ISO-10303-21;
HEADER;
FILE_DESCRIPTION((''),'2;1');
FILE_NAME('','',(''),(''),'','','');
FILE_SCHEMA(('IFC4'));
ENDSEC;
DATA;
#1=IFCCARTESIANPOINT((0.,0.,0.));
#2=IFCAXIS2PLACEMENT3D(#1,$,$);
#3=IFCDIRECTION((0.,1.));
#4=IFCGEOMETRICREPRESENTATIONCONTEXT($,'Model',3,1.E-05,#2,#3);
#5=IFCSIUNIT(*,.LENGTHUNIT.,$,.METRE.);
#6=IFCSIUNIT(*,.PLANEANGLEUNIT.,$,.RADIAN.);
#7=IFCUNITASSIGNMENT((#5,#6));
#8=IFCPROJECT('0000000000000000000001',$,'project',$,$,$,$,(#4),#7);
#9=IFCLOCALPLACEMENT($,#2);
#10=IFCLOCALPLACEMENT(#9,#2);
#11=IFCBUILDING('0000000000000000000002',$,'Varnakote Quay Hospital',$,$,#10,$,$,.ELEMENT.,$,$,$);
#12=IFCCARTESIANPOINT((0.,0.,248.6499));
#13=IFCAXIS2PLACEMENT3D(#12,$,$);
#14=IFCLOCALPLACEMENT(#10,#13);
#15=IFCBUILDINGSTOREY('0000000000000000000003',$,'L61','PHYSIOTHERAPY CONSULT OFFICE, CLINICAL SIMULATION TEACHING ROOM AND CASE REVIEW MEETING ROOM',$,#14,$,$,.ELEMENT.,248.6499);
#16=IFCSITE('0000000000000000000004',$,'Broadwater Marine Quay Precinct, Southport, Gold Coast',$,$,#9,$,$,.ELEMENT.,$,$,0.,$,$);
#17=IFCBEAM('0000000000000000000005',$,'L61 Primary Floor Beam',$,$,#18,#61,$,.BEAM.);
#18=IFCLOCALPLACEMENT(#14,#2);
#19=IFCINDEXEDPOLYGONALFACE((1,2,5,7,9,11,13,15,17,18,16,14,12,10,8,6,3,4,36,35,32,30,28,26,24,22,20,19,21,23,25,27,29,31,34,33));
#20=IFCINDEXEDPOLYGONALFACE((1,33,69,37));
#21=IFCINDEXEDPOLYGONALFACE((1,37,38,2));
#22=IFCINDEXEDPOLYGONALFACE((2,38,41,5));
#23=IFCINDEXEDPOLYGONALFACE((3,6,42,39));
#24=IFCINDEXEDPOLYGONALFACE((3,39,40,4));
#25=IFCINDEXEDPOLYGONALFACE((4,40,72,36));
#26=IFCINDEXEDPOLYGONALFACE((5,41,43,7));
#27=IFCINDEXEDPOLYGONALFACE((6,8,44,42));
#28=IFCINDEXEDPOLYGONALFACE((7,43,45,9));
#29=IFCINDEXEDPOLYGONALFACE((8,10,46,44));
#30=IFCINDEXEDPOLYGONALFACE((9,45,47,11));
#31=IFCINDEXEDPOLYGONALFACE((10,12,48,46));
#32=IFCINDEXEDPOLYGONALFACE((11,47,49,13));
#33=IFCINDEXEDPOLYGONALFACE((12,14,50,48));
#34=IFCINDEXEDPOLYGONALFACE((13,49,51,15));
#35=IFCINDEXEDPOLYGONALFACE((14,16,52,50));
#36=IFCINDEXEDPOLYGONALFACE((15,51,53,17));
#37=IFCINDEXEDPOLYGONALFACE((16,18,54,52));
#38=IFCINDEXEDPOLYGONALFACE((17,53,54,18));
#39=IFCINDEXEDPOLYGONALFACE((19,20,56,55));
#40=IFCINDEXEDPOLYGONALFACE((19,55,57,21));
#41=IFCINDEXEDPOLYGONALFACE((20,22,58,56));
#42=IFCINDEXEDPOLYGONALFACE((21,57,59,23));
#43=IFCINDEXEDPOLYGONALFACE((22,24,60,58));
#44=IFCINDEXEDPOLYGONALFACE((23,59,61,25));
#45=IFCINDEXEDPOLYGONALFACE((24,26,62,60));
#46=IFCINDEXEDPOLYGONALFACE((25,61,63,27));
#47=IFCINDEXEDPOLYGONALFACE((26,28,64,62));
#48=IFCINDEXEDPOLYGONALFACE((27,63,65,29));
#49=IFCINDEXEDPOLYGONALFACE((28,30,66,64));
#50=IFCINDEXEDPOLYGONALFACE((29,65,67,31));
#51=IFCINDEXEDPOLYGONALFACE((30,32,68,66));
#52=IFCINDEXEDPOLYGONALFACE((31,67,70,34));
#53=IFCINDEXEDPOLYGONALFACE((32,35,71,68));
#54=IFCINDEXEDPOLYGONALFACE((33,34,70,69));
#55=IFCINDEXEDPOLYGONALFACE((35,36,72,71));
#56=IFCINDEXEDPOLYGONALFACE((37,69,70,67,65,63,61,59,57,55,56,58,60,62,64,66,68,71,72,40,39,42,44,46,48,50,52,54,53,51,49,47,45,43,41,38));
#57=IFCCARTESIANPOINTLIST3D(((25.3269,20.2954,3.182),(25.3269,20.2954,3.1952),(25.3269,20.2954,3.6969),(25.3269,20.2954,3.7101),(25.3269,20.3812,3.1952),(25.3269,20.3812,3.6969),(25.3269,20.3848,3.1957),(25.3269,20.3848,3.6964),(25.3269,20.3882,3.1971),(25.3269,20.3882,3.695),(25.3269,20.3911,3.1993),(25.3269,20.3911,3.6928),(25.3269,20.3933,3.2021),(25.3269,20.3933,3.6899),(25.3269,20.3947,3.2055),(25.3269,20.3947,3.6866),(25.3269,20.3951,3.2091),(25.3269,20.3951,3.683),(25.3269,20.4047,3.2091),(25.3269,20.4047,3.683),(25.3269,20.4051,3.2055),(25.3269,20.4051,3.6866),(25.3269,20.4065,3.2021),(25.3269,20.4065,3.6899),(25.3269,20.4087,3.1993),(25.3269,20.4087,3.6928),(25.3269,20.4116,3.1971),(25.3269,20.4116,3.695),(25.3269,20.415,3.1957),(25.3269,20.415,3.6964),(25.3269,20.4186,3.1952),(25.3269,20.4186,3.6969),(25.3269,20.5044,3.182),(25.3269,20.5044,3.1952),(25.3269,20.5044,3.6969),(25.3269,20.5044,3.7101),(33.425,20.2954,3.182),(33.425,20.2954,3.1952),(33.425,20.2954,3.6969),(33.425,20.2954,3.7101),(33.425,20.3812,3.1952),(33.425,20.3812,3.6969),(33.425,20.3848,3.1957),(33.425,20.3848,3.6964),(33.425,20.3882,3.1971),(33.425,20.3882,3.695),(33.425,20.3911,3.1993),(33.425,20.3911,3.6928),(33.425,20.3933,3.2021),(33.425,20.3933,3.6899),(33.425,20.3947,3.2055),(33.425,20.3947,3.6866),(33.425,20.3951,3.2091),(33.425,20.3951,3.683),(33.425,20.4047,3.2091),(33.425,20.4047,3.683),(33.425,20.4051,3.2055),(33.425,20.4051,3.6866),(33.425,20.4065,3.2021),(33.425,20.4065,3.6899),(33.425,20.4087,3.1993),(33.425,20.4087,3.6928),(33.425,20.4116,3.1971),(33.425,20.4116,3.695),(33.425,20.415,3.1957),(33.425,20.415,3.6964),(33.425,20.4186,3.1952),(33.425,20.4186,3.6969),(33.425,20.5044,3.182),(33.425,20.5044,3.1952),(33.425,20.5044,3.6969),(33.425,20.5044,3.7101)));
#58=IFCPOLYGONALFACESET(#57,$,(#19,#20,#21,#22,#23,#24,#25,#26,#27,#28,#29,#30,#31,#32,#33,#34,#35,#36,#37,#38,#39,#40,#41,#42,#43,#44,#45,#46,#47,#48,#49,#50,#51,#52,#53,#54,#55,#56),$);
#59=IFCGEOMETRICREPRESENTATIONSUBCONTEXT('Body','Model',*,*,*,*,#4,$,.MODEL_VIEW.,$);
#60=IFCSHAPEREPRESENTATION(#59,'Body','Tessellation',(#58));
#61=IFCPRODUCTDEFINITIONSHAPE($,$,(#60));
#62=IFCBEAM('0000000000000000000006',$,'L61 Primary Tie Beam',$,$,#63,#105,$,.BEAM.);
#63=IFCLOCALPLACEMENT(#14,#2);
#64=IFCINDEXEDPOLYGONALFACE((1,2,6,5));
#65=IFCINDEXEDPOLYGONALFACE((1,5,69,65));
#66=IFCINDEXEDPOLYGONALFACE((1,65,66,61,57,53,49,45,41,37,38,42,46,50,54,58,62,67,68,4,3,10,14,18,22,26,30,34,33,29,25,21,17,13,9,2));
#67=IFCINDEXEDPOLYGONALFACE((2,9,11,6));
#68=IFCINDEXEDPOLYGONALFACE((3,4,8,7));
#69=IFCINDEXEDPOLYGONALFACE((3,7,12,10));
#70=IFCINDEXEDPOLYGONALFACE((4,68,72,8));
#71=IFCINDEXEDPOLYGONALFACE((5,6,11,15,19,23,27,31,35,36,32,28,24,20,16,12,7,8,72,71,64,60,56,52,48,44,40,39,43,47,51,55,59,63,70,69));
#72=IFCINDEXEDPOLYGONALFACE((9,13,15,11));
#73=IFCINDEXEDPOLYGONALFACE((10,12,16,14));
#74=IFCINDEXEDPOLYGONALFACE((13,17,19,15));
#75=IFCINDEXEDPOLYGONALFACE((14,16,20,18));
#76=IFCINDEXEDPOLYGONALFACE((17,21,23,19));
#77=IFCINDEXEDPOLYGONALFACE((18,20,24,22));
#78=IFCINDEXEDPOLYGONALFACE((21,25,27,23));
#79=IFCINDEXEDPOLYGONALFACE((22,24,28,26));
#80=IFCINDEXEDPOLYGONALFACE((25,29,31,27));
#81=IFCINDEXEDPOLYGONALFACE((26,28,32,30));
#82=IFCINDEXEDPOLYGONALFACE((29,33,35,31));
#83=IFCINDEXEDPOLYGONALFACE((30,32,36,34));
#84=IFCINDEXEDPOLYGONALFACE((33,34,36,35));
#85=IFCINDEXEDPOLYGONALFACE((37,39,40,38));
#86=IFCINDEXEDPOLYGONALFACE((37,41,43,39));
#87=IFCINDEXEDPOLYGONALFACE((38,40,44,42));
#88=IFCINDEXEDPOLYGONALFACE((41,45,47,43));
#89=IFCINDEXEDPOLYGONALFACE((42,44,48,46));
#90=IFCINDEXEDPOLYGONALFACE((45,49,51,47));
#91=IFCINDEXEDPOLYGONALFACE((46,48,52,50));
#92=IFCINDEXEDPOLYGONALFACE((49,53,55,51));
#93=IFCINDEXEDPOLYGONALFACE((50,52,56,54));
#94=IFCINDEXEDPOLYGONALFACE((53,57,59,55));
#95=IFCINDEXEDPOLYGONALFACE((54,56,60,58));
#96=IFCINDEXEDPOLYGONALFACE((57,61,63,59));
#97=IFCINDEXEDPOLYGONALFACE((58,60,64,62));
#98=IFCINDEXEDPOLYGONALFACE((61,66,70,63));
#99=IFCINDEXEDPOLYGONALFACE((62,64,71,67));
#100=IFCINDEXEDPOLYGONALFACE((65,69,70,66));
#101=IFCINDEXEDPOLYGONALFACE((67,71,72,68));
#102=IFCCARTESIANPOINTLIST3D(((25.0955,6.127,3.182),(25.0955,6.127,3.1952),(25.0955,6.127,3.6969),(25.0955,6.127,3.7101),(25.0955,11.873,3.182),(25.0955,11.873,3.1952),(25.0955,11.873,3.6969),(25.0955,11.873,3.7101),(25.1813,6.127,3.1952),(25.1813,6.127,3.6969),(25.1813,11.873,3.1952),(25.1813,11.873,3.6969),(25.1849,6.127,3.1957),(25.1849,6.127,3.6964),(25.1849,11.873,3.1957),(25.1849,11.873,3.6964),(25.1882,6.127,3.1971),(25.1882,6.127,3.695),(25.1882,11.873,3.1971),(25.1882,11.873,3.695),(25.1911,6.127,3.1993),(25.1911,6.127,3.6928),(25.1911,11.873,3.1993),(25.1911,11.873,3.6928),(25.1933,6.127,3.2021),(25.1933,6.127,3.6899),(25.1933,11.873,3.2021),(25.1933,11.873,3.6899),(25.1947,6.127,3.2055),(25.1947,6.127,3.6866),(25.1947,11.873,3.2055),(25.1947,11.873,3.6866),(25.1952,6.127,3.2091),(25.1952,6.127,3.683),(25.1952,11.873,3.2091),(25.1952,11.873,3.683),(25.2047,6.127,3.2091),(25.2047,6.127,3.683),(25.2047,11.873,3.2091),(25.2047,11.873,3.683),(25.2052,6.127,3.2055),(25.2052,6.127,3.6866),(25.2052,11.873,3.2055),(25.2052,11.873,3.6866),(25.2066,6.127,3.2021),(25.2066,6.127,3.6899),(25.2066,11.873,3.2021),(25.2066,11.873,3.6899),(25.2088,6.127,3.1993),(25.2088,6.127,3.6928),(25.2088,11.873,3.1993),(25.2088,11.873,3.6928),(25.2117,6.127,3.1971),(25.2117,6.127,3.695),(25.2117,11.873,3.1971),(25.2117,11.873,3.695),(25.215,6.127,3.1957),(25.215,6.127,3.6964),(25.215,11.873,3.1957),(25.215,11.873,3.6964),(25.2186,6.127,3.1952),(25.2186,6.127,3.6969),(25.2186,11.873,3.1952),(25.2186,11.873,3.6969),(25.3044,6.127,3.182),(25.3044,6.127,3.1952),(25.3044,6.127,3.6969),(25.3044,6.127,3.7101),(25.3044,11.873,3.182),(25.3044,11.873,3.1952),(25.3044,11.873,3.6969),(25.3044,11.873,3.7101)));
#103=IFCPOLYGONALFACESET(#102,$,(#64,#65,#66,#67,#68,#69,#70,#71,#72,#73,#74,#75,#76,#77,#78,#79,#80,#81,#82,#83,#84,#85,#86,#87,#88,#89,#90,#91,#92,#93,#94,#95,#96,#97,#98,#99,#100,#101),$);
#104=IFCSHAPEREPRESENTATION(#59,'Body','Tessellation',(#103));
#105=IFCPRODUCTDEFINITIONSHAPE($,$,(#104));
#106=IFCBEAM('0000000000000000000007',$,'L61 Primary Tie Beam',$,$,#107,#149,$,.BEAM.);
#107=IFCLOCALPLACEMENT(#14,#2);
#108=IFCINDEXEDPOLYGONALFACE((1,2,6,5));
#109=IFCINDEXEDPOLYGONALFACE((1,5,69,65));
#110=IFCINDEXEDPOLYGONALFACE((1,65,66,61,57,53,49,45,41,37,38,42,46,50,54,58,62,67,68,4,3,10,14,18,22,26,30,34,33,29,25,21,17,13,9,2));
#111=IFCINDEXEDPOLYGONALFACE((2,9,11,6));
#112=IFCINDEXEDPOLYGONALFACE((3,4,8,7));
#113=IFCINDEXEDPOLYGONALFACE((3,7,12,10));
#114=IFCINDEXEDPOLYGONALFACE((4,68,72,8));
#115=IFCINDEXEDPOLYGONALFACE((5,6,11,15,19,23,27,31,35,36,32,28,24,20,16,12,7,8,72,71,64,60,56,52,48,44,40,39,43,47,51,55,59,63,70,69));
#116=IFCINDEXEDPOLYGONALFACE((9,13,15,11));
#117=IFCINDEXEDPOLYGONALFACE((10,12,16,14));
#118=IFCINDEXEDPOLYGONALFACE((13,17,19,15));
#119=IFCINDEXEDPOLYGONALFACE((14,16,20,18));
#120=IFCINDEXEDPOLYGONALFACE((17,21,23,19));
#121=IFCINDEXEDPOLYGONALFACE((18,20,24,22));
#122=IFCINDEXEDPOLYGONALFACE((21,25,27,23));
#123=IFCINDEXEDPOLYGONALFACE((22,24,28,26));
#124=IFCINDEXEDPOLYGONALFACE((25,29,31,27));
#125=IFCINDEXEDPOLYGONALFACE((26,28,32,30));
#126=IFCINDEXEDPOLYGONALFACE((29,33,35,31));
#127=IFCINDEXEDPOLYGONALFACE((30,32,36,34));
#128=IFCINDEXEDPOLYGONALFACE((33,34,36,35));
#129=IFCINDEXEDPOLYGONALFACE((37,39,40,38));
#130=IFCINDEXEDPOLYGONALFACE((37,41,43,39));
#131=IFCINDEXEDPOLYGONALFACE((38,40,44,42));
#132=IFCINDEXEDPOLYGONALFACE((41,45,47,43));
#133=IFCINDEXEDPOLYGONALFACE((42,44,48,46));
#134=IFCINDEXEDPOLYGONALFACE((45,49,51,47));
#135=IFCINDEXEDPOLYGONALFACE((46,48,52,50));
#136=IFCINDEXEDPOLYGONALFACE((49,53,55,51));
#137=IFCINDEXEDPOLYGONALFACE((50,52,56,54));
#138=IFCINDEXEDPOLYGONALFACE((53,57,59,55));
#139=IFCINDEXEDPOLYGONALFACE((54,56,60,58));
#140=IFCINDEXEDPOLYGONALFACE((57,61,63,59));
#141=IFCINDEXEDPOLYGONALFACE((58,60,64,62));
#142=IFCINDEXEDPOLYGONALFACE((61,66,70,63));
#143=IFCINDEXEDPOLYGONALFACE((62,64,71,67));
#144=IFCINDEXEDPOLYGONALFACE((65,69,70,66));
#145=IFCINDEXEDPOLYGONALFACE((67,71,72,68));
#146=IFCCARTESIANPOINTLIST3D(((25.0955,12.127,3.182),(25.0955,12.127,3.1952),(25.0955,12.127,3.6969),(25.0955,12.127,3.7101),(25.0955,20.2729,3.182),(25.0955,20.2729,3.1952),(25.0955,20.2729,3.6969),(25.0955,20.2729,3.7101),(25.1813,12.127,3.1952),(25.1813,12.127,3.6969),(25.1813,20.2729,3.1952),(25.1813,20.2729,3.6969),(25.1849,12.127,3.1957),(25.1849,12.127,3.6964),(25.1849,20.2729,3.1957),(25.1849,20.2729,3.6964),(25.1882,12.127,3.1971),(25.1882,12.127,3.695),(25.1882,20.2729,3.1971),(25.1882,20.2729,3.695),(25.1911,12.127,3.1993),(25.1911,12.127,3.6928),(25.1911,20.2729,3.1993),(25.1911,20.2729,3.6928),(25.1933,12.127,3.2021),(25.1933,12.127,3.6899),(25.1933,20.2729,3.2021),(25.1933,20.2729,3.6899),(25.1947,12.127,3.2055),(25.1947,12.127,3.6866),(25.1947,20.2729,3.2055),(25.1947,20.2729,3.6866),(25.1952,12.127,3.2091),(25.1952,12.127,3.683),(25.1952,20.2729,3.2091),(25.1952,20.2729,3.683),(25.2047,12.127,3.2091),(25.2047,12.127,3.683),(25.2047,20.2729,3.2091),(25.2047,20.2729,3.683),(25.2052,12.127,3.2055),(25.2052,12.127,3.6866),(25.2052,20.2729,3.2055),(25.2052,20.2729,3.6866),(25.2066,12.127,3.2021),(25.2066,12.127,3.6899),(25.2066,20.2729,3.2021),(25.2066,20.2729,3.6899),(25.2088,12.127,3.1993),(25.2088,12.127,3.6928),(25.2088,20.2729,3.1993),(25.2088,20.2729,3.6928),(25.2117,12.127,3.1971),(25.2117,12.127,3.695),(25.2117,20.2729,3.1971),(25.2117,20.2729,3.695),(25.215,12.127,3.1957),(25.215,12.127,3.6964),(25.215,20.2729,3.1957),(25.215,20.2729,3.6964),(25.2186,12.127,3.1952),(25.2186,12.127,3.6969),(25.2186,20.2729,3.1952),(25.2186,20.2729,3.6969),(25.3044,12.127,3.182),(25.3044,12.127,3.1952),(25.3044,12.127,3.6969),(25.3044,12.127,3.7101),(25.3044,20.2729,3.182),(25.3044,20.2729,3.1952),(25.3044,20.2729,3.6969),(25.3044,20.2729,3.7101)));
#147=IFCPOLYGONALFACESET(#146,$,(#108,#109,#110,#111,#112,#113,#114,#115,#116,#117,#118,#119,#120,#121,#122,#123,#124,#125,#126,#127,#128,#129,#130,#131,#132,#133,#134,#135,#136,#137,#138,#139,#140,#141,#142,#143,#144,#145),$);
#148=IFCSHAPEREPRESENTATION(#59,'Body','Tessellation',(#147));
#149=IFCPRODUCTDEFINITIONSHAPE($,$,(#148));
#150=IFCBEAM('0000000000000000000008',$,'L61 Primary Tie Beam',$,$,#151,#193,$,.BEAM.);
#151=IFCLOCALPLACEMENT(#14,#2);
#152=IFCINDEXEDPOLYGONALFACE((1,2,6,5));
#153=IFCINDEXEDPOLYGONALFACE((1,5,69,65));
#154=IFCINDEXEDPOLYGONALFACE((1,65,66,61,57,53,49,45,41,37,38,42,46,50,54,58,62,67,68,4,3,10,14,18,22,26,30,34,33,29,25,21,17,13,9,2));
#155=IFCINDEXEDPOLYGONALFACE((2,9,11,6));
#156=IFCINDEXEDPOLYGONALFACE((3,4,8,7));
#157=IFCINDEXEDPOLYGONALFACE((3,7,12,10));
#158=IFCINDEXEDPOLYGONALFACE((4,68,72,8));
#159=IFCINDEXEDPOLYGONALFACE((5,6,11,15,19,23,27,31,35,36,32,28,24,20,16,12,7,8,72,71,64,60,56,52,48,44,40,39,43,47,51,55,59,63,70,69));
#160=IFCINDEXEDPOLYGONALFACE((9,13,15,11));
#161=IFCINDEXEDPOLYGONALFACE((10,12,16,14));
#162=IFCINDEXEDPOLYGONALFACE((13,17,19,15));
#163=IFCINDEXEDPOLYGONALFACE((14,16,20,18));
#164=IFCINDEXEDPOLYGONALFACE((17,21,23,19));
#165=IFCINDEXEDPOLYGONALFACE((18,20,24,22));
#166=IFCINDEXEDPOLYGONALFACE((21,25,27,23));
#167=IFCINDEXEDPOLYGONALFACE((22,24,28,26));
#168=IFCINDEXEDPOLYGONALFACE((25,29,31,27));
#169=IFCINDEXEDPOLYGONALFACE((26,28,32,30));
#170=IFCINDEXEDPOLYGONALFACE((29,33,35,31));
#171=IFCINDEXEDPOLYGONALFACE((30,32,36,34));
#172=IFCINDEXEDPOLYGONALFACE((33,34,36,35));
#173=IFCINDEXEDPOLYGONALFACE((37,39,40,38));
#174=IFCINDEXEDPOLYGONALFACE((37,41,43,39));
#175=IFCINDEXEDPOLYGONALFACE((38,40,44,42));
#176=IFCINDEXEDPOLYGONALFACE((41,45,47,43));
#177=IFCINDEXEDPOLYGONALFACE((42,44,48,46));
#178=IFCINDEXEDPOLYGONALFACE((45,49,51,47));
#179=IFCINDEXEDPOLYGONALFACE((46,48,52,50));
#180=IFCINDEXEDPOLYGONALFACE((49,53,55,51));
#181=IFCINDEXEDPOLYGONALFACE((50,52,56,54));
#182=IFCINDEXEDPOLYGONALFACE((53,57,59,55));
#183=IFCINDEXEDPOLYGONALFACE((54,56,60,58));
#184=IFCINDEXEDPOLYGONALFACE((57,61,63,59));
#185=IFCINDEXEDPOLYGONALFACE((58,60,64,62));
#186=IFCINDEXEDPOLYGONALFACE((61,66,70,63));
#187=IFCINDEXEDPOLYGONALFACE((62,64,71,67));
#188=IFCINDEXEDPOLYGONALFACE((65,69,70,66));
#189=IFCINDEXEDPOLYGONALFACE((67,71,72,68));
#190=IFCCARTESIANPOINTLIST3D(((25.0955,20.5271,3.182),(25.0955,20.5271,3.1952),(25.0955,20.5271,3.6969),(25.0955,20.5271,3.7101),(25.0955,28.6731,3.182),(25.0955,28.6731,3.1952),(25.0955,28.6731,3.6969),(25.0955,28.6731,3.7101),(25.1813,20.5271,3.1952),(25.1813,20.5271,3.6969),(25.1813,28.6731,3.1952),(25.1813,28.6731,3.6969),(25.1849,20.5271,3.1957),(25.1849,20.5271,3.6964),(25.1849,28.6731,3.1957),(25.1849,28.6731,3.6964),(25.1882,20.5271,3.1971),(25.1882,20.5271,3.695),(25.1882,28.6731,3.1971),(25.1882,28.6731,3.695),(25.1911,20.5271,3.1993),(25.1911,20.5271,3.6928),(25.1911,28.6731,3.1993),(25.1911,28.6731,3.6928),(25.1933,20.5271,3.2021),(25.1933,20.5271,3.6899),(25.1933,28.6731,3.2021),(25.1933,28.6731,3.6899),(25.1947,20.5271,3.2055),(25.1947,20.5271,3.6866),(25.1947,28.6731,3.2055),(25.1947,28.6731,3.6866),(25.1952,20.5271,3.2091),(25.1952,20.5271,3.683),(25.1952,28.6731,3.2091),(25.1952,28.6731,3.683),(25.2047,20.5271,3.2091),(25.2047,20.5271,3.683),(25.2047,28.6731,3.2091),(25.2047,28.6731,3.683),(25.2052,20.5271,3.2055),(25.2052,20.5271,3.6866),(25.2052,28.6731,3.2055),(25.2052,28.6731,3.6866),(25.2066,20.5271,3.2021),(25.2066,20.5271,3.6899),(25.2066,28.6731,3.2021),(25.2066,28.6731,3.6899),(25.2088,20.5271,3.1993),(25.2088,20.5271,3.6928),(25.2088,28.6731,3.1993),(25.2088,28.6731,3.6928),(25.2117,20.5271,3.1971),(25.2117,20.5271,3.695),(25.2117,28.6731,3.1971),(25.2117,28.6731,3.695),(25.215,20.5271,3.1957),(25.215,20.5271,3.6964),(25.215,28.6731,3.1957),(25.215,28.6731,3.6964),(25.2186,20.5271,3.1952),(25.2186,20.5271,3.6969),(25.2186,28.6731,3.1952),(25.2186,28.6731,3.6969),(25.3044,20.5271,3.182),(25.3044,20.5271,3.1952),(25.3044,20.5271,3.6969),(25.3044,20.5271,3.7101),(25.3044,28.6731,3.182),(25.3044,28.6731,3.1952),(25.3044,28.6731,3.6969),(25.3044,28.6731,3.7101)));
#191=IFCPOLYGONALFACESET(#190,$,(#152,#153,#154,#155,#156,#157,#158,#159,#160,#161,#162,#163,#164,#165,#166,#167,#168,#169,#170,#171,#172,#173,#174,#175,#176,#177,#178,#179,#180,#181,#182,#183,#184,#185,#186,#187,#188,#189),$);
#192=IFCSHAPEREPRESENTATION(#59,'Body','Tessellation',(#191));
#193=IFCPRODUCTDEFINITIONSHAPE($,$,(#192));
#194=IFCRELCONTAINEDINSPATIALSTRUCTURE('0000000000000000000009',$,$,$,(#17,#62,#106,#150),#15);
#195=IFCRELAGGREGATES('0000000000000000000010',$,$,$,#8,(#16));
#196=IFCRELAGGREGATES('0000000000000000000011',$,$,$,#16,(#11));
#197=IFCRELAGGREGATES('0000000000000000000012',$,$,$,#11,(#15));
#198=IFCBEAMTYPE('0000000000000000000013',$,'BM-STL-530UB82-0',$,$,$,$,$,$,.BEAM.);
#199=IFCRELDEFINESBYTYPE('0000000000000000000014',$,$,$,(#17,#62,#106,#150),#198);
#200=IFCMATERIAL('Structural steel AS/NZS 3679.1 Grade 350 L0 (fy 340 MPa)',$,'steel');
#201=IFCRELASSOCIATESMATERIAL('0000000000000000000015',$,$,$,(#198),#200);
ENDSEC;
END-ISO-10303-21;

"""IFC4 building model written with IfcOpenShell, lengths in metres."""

from ifc_helpers import new_model, si_unit, direction, frame, origin, origin_2d, place, context, subcontext, project, spatial, i_section, extrude, material, material_profile, profile_set, type_object, element, save


model = new_model("IFC4")

# Units and contexts
model_context = context("Model", 3, precision=1e-05, world=origin(), true_north=direction((0.0, 1.0)))
body_context = subcontext(model_context, "Body", "Model", "MODEL_VIEW")
ifc_project = project(units=[si_unit("LENGTHUNIT", "METRE"), si_unit("PLANEANGLEUNIT", "RADIAN")], contexts=[model_context])

# Site, building, storey
site_placement = place(None, origin())
site = spatial("IfcSite", under=ifc_project, at=site_placement, Name="Broadwater Marine Quay Precinct, Southport, Gold Coast", CompositionType="ELEMENT", RefElevation=0.0)
building_placement = place(site_placement, origin())
building = spatial("IfcBuilding", under=site, at=building_placement, Name="Varnakote Quay Hospital", CompositionType="ELEMENT")
storey_placement = place(building_placement, frame((0.0, 0.0, 248.6499)))
storey = spatial("IfcBuildingStorey", under=building, at=storey_placement, Name="L61", Description="PHYSIOTHERAPY CONSULT OFFICE, CLINICAL SIMULATION TEACHING ROOM AND CASE REVIEW MEETING ROOM", CompositionType="ELEMENT", Elevation=248.6499)

# Beams
ifc_material_1 = material(Name="Structural steel AS/NZS 3679.1 Grade 350 L0 (fy 340 MPa)", Category="steel")
ifc_material_profile_1 = material_profile(ifc_material_1, i_section(OverallWidth=0.209, OverallDepth=0.5281, WebThickness=0.0095, FlangeThickness=0.0132, FilletRadius=0.0139, at=origin_2d()), Name="530UB82.0")
ifc_profile_set_1 = profile_set([ifc_material_profile_1], Name="Structural steel AS/NZS 3679.1 Grade 350 L0 (fy 340 MPa)")
beam_type_1 = type_object("IfcBeamType", Name="BM-STL-530UB82-0", PredefinedType="BEAM", material=ifc_profile_set_1)
beam_1_placement = place(storey_placement, frame((25.3269, 20.3999, 3.446), z_axis=(1.0, 0.0, 0.0), x_axis=(0.0, 1.0, 0.0)))
element("IfcBeam", 1, at=beam_1_placement, inside=storey, type_object=beam_type_1, Name="L61 Primary Floor Beam", PredefinedType="BEAM", context=body_context, shape_type="SweptSolid", body=[
    extrude(i_section(OverallWidth=0.209, OverallDepth=0.5281, WebThickness=0.0095, FlangeThickness=0.0132, FilletRadius=0.0139, at=origin_2d()), origin(), (0.0, 0.0, 1.0), 8.0981),
])
beam_2_placement = place(storey_placement, frame((25.2, 6.127, 3.446), z_axis=(0.0, 1.0, 0.0), x_axis=(-1.0, 0.0, 0.0)))
element("IfcBeam", 2, at=beam_2_placement, inside=storey, type_object=beam_type_1, Name="L61 Primary Tie Beam", PredefinedType="BEAM", context=body_context, shape_type="SweptSolid", body=[
    extrude(i_section(OverallWidth=0.209, OverallDepth=0.5281, WebThickness=0.0095, FlangeThickness=0.0132, FilletRadius=0.0139, at=origin_2d()), origin(), (0.0, 0.0, 1.0), 5.7461),
])
for number, where, z_axis, x_axis, name in (
    (3, (25.2, 12.127, 3.446), (0.0, 1.0, 0.0), (-1.0, 0.0, 0.0), "L61 Primary Tie Beam"),
    (4, (25.2, 20.5271, 3.446), (0.0, 1.0, 0.0), (-1.0, 0.0, 0.0), "L61 Primary Tie Beam"),
):
    element("IfcBeam", number, at=place(storey_placement, frame(where, z_axis=z_axis, x_axis=x_axis)), inside=storey, type_object=beam_type_1, Name=name, PredefinedType="BEAM", context=body_context, shape_type="SweptSolid", body=[
        extrude(i_section(OverallWidth=0.209, OverallDepth=0.5281, WebThickness=0.0095, FlangeThickness=0.0132, FilletRadius=0.0139, at=origin_2d()), origin(), (0.0, 0.0, 1.0), 8.146),
    ])

save(model, "model.ifc")
